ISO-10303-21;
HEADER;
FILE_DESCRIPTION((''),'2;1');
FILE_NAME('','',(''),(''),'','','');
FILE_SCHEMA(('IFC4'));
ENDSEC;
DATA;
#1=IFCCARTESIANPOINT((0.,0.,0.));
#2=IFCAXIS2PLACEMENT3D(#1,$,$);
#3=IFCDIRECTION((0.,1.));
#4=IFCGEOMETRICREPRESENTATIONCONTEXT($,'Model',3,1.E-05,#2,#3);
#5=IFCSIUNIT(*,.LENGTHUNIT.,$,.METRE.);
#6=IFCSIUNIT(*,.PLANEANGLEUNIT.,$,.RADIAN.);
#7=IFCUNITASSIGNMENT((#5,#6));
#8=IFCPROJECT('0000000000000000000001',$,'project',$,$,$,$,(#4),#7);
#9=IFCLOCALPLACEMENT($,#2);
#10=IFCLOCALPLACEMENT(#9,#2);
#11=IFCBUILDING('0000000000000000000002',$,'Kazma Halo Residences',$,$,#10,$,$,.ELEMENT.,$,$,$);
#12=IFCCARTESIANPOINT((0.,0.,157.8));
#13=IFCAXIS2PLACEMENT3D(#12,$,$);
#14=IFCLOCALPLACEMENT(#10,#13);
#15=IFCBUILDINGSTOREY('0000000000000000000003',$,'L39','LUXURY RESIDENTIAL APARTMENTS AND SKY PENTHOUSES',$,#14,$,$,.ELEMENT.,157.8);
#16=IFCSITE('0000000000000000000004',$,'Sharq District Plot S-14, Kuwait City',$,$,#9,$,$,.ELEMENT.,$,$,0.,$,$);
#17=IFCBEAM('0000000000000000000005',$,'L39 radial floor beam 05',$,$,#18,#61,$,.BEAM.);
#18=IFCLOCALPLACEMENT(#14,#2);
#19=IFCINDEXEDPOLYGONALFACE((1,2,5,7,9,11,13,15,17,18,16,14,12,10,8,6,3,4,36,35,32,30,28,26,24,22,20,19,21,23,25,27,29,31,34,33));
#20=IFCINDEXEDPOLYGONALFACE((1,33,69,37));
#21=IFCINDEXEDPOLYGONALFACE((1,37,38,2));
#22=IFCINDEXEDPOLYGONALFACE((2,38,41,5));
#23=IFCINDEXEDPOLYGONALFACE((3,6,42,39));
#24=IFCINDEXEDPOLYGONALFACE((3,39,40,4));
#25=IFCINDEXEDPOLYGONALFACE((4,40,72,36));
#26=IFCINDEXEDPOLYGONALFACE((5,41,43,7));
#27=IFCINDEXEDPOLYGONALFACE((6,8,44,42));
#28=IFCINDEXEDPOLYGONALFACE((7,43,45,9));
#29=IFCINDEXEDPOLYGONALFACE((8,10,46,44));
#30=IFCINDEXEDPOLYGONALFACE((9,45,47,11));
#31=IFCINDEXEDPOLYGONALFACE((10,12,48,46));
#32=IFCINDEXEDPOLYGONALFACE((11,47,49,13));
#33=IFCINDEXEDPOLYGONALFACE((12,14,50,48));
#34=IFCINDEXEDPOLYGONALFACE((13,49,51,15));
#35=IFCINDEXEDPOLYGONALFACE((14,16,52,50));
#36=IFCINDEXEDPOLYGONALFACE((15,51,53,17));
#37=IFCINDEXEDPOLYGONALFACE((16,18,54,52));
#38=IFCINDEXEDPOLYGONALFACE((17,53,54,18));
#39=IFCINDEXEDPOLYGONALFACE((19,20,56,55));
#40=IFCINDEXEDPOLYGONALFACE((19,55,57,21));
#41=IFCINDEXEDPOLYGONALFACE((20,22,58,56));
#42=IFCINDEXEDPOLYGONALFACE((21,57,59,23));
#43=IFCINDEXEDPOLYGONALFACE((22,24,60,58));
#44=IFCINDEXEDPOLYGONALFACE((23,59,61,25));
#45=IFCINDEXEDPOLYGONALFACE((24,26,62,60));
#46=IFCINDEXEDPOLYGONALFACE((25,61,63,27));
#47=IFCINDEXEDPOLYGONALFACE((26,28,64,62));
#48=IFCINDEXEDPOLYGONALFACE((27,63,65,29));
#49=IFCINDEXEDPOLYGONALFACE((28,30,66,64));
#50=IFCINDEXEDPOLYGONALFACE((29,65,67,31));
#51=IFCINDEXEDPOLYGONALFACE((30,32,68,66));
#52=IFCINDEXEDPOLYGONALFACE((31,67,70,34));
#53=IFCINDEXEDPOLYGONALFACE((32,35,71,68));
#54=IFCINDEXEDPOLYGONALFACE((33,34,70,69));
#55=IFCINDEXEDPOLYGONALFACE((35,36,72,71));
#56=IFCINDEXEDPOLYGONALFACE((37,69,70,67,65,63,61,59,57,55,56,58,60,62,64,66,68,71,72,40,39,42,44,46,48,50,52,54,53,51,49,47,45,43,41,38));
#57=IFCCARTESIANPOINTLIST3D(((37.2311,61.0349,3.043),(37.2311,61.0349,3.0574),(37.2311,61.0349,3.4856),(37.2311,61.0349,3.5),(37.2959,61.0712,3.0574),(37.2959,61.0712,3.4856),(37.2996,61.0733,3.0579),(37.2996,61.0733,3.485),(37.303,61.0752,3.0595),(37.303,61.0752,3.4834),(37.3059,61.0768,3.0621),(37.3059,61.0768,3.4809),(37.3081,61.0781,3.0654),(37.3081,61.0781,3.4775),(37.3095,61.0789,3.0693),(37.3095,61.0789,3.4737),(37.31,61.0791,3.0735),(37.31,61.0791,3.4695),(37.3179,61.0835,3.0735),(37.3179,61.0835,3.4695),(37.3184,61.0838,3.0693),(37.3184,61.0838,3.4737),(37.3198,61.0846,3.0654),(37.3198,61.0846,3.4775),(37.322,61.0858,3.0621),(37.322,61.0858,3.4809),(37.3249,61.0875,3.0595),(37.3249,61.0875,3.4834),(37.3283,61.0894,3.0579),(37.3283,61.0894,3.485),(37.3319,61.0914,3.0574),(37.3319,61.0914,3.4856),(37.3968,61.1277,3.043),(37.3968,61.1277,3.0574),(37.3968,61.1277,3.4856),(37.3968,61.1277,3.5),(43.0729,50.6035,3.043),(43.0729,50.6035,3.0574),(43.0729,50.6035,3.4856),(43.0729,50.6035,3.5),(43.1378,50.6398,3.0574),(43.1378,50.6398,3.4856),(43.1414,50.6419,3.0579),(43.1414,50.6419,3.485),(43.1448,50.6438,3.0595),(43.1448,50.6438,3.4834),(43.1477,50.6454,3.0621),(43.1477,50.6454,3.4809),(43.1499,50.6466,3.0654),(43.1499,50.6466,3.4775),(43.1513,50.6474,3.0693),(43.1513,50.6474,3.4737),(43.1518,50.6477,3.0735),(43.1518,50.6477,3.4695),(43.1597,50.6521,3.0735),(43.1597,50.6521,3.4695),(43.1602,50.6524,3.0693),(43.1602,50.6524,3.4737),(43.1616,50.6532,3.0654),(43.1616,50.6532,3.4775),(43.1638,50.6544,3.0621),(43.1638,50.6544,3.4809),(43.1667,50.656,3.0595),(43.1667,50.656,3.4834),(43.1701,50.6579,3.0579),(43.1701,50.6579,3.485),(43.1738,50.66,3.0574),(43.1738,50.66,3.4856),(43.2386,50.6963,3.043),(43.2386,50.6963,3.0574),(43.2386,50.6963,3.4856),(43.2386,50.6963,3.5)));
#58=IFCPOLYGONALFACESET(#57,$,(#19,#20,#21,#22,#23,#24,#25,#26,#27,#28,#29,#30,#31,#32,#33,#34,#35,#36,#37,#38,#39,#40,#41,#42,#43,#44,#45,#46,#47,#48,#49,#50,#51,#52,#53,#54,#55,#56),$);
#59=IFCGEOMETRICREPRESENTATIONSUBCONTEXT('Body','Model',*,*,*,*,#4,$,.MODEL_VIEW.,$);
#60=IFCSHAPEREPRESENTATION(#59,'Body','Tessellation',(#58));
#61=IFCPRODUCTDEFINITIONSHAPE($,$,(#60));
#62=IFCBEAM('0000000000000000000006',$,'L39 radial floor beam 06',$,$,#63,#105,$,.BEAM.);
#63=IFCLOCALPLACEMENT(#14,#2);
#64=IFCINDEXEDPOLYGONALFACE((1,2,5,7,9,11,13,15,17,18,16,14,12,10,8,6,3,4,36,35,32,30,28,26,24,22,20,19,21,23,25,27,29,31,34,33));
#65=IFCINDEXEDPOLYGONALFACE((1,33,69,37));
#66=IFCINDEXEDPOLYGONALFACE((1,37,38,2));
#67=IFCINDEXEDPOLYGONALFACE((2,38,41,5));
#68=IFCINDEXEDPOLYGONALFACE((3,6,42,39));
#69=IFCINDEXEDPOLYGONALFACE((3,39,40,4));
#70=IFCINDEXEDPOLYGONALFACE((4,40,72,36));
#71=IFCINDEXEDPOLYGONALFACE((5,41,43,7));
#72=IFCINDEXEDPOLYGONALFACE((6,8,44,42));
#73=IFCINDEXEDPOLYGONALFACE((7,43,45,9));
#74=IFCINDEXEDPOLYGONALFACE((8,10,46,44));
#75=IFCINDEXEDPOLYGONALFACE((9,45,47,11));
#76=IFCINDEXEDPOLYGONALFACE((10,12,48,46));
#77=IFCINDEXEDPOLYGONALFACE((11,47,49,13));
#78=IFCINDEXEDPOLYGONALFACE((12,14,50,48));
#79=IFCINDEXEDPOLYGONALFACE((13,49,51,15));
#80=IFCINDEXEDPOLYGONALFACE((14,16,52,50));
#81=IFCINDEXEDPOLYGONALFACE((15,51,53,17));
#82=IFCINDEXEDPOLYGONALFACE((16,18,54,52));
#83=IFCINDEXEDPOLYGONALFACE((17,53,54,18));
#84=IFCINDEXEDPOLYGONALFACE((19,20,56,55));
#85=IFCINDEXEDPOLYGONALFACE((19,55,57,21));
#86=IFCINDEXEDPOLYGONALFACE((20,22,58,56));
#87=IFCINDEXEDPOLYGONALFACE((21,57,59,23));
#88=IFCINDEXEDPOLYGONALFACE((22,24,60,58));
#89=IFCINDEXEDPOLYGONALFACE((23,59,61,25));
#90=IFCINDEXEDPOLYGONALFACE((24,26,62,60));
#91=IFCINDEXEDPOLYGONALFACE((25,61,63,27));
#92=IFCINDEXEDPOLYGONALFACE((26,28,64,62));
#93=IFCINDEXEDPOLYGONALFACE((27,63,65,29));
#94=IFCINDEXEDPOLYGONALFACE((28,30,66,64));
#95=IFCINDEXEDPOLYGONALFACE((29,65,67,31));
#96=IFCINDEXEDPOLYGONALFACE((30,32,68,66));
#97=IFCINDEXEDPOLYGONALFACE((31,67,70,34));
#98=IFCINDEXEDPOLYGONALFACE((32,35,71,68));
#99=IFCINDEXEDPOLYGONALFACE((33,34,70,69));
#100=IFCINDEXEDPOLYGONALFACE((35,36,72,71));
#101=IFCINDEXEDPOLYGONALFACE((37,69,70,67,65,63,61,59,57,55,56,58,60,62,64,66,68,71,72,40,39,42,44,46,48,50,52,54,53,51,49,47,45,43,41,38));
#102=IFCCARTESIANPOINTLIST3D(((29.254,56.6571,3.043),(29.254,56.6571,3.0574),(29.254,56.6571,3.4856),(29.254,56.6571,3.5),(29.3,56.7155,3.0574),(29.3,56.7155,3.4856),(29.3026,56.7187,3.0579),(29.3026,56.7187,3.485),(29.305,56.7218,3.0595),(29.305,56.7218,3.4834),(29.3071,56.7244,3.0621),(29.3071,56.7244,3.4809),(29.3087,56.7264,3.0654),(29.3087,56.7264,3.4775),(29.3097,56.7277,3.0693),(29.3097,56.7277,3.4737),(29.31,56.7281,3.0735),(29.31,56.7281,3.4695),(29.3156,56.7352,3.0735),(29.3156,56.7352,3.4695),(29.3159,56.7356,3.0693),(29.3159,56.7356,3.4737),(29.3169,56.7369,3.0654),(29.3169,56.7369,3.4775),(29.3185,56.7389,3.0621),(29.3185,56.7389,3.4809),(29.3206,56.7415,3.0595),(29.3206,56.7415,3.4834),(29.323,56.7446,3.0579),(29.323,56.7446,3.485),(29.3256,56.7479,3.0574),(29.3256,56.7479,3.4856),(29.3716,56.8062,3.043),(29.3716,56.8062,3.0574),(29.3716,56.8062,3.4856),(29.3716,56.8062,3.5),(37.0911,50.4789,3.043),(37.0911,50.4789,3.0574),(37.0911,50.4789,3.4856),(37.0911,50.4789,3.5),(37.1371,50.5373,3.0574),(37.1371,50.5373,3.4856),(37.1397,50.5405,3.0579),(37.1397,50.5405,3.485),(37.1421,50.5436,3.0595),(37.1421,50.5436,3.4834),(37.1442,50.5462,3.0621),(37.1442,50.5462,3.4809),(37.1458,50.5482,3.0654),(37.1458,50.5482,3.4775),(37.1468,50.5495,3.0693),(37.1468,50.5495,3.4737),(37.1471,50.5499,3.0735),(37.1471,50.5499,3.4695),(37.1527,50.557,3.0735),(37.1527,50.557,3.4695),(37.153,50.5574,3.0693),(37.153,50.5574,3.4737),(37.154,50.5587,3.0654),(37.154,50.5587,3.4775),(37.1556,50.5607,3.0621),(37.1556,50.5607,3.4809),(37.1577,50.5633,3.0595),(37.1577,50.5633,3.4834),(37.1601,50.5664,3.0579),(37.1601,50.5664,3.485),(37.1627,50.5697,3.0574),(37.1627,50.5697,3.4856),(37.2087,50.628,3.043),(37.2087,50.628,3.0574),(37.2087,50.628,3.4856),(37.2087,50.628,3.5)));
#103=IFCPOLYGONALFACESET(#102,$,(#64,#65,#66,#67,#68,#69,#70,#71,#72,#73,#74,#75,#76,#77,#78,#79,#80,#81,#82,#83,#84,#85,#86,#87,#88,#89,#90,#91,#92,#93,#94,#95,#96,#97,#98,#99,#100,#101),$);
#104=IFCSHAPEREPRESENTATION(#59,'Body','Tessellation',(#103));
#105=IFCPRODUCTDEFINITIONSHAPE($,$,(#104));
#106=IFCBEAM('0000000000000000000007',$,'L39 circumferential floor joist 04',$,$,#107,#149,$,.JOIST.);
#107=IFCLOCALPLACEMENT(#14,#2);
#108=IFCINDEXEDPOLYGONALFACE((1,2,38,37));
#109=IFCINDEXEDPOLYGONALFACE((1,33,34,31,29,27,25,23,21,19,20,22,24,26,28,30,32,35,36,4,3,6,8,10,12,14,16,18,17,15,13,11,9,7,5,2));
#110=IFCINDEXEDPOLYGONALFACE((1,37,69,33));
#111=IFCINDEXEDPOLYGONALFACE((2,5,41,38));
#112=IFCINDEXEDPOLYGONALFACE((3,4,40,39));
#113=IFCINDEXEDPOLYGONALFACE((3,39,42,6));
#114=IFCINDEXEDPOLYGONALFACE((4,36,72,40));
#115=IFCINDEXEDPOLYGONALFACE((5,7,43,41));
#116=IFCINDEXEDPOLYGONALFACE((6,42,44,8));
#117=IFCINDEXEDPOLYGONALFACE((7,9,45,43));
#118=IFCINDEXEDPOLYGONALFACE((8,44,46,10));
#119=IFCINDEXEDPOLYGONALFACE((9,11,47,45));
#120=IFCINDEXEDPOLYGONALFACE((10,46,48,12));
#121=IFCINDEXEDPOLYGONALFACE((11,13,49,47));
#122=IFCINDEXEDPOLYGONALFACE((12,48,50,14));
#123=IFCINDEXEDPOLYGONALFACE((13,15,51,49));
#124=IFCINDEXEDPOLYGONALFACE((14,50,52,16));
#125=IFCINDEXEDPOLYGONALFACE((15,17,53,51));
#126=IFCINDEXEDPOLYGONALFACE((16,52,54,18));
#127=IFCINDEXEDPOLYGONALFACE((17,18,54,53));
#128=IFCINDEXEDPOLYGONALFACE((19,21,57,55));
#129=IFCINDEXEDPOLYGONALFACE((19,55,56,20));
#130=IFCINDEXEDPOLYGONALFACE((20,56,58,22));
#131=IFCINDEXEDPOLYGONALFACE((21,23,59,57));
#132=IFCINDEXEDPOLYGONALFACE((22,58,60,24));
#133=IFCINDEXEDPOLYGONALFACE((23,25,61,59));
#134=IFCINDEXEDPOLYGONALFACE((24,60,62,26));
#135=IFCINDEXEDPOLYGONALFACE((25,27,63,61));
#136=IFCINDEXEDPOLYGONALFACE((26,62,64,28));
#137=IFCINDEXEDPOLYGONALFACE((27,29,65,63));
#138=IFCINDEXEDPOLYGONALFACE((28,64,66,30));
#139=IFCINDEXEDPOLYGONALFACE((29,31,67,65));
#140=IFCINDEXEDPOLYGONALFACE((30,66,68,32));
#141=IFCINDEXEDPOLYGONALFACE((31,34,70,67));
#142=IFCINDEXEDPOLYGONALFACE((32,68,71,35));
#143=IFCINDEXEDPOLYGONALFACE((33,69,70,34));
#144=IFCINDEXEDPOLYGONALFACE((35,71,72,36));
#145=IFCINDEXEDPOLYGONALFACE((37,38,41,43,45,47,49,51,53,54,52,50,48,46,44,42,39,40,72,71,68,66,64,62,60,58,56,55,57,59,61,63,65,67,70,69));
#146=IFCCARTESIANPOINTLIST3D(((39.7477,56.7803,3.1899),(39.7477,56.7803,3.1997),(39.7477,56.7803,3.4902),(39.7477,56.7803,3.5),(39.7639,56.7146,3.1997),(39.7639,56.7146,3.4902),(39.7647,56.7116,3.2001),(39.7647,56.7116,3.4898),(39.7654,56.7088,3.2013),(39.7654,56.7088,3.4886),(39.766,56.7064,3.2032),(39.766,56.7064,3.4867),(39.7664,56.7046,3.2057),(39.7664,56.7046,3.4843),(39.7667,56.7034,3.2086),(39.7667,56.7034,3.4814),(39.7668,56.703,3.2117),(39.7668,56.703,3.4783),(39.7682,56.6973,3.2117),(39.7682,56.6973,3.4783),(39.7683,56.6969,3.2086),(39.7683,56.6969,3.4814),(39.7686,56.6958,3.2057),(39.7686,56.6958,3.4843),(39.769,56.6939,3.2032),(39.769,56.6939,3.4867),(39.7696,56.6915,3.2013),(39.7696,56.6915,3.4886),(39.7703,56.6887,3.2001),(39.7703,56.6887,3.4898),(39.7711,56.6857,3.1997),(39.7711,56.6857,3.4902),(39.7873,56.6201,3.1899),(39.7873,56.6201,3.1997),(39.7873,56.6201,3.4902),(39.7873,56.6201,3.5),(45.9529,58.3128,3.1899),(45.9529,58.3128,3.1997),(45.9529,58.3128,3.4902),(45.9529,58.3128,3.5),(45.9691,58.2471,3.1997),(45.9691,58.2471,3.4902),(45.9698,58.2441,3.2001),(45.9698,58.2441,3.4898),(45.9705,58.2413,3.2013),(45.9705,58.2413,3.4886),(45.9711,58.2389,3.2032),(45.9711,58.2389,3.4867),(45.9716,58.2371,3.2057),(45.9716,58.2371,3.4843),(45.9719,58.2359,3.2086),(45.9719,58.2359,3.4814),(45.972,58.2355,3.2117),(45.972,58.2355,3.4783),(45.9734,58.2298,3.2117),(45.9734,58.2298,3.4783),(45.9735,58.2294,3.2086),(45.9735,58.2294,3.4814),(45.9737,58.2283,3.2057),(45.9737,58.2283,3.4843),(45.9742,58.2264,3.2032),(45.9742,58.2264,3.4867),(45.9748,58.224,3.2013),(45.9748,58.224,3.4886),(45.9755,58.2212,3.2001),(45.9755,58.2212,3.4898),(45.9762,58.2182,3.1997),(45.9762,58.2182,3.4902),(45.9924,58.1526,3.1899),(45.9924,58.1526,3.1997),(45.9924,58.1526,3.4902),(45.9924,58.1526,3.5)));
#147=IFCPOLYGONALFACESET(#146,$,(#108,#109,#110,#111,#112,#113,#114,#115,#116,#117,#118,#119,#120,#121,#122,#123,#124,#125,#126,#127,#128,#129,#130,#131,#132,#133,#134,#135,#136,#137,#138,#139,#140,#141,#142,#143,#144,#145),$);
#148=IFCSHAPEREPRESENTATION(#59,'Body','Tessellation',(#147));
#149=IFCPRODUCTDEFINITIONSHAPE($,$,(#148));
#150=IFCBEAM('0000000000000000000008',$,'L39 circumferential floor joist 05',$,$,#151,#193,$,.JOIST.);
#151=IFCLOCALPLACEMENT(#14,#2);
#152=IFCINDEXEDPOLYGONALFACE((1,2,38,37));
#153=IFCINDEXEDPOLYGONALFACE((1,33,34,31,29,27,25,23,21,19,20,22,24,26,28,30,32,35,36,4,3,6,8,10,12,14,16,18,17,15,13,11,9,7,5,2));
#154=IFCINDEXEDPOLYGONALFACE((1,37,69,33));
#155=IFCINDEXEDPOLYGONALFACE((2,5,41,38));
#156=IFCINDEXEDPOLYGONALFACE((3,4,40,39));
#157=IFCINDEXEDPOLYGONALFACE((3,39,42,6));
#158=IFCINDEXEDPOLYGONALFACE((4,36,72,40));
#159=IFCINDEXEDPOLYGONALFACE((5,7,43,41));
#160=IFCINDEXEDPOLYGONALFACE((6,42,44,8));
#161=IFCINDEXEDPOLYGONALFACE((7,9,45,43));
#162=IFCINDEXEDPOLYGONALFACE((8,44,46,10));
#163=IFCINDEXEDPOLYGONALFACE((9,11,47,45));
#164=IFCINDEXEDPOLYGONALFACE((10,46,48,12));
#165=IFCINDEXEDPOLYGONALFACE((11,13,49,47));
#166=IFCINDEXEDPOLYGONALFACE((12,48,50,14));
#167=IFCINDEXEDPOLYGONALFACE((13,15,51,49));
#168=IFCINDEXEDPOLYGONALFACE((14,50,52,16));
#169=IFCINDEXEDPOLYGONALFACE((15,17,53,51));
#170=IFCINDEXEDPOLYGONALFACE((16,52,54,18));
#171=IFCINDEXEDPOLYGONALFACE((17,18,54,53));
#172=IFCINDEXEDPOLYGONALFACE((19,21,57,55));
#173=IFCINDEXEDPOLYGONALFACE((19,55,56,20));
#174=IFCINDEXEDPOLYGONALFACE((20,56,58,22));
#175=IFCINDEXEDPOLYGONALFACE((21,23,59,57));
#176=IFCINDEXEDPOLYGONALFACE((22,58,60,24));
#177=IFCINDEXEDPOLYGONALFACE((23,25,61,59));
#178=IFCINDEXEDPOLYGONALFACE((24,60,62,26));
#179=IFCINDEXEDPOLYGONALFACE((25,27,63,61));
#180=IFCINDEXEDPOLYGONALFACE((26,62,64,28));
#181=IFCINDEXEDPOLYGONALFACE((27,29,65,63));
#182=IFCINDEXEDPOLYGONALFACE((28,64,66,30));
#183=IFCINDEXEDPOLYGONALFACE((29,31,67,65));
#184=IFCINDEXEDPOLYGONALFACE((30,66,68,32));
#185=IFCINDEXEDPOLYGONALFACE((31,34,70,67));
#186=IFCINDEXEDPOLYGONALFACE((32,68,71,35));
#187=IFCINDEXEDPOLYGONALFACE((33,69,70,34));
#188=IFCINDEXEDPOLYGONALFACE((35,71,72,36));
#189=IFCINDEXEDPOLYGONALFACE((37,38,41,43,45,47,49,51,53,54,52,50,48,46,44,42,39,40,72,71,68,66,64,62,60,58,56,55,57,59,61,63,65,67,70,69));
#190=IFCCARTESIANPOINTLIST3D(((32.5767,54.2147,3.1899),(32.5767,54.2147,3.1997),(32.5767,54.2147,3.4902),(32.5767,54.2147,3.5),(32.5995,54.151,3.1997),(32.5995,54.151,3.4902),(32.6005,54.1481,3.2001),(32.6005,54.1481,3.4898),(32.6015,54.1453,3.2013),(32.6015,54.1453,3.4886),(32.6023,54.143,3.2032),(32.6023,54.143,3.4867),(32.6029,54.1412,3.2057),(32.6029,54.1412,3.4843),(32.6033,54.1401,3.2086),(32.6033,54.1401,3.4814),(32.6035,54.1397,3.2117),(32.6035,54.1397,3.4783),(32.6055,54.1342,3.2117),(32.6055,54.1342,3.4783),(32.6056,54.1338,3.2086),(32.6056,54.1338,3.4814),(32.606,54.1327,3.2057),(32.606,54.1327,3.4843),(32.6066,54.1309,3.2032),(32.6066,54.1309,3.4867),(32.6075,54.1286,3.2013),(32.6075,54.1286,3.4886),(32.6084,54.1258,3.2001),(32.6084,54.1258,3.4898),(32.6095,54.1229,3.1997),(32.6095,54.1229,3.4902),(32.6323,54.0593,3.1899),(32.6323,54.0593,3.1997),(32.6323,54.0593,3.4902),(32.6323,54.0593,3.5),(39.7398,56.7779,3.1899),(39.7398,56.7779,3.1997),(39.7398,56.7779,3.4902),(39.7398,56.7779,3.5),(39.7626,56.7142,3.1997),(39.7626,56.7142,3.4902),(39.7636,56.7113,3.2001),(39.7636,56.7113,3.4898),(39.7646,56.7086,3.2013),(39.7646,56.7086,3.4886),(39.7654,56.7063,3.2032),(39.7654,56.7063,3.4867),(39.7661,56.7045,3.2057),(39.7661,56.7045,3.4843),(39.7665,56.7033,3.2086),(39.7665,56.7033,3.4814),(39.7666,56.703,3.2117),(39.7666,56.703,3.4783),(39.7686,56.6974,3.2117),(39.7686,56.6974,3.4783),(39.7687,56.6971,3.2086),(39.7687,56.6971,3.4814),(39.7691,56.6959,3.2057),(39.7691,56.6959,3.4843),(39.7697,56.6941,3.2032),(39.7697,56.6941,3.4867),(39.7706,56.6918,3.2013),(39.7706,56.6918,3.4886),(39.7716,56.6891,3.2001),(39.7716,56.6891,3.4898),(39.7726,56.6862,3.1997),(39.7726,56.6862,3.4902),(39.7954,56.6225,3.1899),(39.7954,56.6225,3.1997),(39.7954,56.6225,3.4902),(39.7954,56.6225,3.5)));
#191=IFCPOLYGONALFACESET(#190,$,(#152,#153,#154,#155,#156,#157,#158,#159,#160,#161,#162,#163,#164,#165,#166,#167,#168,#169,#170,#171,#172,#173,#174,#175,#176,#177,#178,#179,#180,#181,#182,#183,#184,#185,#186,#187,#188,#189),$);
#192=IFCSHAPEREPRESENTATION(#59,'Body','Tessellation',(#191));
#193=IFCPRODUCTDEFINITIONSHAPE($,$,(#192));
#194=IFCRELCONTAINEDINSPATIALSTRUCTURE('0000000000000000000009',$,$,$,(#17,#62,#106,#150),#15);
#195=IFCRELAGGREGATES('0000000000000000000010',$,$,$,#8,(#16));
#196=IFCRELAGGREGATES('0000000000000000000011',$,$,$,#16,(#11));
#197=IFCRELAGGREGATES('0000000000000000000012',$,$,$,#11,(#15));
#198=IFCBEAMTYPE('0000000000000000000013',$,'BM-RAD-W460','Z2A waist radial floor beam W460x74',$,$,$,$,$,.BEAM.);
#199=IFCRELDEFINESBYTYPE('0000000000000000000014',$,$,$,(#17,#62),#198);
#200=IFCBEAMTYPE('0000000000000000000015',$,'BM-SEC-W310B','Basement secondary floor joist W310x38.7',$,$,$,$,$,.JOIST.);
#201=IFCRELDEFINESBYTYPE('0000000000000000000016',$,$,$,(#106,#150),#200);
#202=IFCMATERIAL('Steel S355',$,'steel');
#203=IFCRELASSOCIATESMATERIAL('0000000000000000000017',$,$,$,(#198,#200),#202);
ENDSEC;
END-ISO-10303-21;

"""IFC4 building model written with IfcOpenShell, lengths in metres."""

from ifc_helpers import new_model, si_unit, direction, frame, origin, origin_2d, place, context, subcontext, project, spatial, i_section, extrude, material, material_profile, profile_set, type_object, element, save


model = new_model("IFC4")

# Units and contexts
model_context = context("Model", 3, precision=1e-05, world=origin(), true_north=direction((0.0, 1.0)))
body_context = subcontext(model_context, "Body", "Model", "MODEL_VIEW")
ifc_project = project(units=[si_unit("LENGTHUNIT", "METRE"), si_unit("PLANEANGLEUNIT", "RADIAN")], contexts=[model_context])

# Site, building, storey
site_placement = place(None, origin())
site = spatial("IfcSite", under=ifc_project, at=site_placement, Name="Sharq District Plot S-14, Kuwait City", CompositionType="ELEMENT", RefElevation=0.0)
building_placement = place(site_placement, origin())
building = spatial("IfcBuilding", under=site, at=building_placement, Name="Kazma Halo Residences", CompositionType="ELEMENT")
storey_placement = place(building_placement, frame((0.0, 0.0, 157.8)))
storey = spatial("IfcBuildingStorey", under=building, at=storey_placement, Name="L39", Description="LUXURY RESIDENTIAL APARTMENTS AND SKY PENTHOUSES", CompositionType="ELEMENT", Elevation=157.8)

# Beams
ifc_material_1 = material(Name="Steel S355", Category="steel")
ifc_material_profile_1 = material_profile(ifc_material_1, i_section(OverallWidth=0.1899, OverallDepth=0.457, WebThickness=0.009, FlangeThickness=0.0144, FilletRadius=0.0161, at=origin_2d()), Name="W460x74")
ifc_profile_set_1 = profile_set([ifc_material_profile_1], Name="Steel S355")
beam_type_1 = type_object("IfcBeamType", Name="BM-RAD-W460", Description="Z2A waist radial floor beam W460x74", PredefinedType="BEAM", material=ifc_profile_set_1)
beam_1_placement = place(storey_placement, frame((43.1558, 50.6499, 3.2715), z_axis=(-0.488617, 0.872498, 0.0), x_axis=(-0.872498, -0.488617, 0.0)))
element("IfcBeam", 1, at=beam_1_placement, inside=storey, type_object=beam_type_1, Name="L39 radial floor beam 05", PredefinedType="BEAM", context=body_context, shape_type="SweptSolid", body=[
    extrude(i_section(OverallWidth=0.1899, OverallDepth=0.457, WebThickness=0.009, FlangeThickness=0.0144, FilletRadius=0.0161, at=origin_2d()), origin(), (0.0, 0.0, 1.0), 11.9558),
])
beam_2_placement = place(storey_placement, frame((37.1499, 50.5535, 3.2715), z_axis=(-0.785322, 0.619088, 0.0), x_axis=(-0.619088, -0.785322, 0.0)))
element("IfcBeam", 2, at=beam_2_placement, inside=storey, type_object=beam_type_1, Name="L39 radial floor beam 06", PredefinedType="BEAM", context=body_context, shape_type="SweptSolid", body=[
    extrude(i_section(OverallWidth=0.1899, OverallDepth=0.457, WebThickness=0.009, FlangeThickness=0.0144, FilletRadius=0.0161, at=origin_2d()), origin(), (0.0, 0.0, 1.0), 9.9795),
])
ifc_material_profile_2 = material_profile(ifc_material_1, i_section(OverallWidth=0.165, OverallDepth=0.3101, WebThickness=0.0059, FlangeThickness=0.0098, FilletRadius=0.012, at=origin_2d()), Name="W310x38.7")
ifc_profile_set_2 = profile_set([ifc_material_profile_2], Name="Steel S355")
beam_type_2 = type_object("IfcBeamType", Name="BM-SEC-W310B", Description="Basement secondary floor joist W310x38.7", PredefinedType="JOIST", material=ifc_profile_set_2)
beam_3_placement = place(storey_placement, frame((45.9727, 58.2327, 3.345), z_axis=(-0.970831, -0.239766, 0.0), x_axis=(0.239766, -0.970831, 0.0)))
element("IfcBeam", 3, at=beam_3_placement, inside=storey, type_object=beam_type_2, Name="L39 circumferential floor joist 04", PredefinedType="JOIST", context=body_context, shape_type="SweptSolid", body=[
    extrude(i_section(OverallWidth=0.165, OverallDepth=0.3101, WebThickness=0.0059, FlangeThickness=0.0098, FilletRadius=0.012, at=origin_2d()), origin(), (0.0, 0.0, 1.0), 6.3916),
])
beam_4_placement = place(storey_placement, frame((39.7676, 56.7002, 3.345), z_axis=(-0.941534, -0.336918, 0.0), x_axis=(0.336918, -0.941534, 0.0)))
element("IfcBeam", 4, at=beam_4_placement, inside=storey, type_object=beam_type_2, Name="L39 circumferential floor joist 05", PredefinedType="JOIST", context=body_context, shape_type="SweptSolid", body=[
    extrude(i_section(OverallWidth=0.165, OverallDepth=0.3101, WebThickness=0.0059, FlangeThickness=0.0098, FilletRadius=0.012, at=origin_2d()), origin(), (0.0, 0.0, 1.0), 7.6079),
])

save(model, "model.ifc")
